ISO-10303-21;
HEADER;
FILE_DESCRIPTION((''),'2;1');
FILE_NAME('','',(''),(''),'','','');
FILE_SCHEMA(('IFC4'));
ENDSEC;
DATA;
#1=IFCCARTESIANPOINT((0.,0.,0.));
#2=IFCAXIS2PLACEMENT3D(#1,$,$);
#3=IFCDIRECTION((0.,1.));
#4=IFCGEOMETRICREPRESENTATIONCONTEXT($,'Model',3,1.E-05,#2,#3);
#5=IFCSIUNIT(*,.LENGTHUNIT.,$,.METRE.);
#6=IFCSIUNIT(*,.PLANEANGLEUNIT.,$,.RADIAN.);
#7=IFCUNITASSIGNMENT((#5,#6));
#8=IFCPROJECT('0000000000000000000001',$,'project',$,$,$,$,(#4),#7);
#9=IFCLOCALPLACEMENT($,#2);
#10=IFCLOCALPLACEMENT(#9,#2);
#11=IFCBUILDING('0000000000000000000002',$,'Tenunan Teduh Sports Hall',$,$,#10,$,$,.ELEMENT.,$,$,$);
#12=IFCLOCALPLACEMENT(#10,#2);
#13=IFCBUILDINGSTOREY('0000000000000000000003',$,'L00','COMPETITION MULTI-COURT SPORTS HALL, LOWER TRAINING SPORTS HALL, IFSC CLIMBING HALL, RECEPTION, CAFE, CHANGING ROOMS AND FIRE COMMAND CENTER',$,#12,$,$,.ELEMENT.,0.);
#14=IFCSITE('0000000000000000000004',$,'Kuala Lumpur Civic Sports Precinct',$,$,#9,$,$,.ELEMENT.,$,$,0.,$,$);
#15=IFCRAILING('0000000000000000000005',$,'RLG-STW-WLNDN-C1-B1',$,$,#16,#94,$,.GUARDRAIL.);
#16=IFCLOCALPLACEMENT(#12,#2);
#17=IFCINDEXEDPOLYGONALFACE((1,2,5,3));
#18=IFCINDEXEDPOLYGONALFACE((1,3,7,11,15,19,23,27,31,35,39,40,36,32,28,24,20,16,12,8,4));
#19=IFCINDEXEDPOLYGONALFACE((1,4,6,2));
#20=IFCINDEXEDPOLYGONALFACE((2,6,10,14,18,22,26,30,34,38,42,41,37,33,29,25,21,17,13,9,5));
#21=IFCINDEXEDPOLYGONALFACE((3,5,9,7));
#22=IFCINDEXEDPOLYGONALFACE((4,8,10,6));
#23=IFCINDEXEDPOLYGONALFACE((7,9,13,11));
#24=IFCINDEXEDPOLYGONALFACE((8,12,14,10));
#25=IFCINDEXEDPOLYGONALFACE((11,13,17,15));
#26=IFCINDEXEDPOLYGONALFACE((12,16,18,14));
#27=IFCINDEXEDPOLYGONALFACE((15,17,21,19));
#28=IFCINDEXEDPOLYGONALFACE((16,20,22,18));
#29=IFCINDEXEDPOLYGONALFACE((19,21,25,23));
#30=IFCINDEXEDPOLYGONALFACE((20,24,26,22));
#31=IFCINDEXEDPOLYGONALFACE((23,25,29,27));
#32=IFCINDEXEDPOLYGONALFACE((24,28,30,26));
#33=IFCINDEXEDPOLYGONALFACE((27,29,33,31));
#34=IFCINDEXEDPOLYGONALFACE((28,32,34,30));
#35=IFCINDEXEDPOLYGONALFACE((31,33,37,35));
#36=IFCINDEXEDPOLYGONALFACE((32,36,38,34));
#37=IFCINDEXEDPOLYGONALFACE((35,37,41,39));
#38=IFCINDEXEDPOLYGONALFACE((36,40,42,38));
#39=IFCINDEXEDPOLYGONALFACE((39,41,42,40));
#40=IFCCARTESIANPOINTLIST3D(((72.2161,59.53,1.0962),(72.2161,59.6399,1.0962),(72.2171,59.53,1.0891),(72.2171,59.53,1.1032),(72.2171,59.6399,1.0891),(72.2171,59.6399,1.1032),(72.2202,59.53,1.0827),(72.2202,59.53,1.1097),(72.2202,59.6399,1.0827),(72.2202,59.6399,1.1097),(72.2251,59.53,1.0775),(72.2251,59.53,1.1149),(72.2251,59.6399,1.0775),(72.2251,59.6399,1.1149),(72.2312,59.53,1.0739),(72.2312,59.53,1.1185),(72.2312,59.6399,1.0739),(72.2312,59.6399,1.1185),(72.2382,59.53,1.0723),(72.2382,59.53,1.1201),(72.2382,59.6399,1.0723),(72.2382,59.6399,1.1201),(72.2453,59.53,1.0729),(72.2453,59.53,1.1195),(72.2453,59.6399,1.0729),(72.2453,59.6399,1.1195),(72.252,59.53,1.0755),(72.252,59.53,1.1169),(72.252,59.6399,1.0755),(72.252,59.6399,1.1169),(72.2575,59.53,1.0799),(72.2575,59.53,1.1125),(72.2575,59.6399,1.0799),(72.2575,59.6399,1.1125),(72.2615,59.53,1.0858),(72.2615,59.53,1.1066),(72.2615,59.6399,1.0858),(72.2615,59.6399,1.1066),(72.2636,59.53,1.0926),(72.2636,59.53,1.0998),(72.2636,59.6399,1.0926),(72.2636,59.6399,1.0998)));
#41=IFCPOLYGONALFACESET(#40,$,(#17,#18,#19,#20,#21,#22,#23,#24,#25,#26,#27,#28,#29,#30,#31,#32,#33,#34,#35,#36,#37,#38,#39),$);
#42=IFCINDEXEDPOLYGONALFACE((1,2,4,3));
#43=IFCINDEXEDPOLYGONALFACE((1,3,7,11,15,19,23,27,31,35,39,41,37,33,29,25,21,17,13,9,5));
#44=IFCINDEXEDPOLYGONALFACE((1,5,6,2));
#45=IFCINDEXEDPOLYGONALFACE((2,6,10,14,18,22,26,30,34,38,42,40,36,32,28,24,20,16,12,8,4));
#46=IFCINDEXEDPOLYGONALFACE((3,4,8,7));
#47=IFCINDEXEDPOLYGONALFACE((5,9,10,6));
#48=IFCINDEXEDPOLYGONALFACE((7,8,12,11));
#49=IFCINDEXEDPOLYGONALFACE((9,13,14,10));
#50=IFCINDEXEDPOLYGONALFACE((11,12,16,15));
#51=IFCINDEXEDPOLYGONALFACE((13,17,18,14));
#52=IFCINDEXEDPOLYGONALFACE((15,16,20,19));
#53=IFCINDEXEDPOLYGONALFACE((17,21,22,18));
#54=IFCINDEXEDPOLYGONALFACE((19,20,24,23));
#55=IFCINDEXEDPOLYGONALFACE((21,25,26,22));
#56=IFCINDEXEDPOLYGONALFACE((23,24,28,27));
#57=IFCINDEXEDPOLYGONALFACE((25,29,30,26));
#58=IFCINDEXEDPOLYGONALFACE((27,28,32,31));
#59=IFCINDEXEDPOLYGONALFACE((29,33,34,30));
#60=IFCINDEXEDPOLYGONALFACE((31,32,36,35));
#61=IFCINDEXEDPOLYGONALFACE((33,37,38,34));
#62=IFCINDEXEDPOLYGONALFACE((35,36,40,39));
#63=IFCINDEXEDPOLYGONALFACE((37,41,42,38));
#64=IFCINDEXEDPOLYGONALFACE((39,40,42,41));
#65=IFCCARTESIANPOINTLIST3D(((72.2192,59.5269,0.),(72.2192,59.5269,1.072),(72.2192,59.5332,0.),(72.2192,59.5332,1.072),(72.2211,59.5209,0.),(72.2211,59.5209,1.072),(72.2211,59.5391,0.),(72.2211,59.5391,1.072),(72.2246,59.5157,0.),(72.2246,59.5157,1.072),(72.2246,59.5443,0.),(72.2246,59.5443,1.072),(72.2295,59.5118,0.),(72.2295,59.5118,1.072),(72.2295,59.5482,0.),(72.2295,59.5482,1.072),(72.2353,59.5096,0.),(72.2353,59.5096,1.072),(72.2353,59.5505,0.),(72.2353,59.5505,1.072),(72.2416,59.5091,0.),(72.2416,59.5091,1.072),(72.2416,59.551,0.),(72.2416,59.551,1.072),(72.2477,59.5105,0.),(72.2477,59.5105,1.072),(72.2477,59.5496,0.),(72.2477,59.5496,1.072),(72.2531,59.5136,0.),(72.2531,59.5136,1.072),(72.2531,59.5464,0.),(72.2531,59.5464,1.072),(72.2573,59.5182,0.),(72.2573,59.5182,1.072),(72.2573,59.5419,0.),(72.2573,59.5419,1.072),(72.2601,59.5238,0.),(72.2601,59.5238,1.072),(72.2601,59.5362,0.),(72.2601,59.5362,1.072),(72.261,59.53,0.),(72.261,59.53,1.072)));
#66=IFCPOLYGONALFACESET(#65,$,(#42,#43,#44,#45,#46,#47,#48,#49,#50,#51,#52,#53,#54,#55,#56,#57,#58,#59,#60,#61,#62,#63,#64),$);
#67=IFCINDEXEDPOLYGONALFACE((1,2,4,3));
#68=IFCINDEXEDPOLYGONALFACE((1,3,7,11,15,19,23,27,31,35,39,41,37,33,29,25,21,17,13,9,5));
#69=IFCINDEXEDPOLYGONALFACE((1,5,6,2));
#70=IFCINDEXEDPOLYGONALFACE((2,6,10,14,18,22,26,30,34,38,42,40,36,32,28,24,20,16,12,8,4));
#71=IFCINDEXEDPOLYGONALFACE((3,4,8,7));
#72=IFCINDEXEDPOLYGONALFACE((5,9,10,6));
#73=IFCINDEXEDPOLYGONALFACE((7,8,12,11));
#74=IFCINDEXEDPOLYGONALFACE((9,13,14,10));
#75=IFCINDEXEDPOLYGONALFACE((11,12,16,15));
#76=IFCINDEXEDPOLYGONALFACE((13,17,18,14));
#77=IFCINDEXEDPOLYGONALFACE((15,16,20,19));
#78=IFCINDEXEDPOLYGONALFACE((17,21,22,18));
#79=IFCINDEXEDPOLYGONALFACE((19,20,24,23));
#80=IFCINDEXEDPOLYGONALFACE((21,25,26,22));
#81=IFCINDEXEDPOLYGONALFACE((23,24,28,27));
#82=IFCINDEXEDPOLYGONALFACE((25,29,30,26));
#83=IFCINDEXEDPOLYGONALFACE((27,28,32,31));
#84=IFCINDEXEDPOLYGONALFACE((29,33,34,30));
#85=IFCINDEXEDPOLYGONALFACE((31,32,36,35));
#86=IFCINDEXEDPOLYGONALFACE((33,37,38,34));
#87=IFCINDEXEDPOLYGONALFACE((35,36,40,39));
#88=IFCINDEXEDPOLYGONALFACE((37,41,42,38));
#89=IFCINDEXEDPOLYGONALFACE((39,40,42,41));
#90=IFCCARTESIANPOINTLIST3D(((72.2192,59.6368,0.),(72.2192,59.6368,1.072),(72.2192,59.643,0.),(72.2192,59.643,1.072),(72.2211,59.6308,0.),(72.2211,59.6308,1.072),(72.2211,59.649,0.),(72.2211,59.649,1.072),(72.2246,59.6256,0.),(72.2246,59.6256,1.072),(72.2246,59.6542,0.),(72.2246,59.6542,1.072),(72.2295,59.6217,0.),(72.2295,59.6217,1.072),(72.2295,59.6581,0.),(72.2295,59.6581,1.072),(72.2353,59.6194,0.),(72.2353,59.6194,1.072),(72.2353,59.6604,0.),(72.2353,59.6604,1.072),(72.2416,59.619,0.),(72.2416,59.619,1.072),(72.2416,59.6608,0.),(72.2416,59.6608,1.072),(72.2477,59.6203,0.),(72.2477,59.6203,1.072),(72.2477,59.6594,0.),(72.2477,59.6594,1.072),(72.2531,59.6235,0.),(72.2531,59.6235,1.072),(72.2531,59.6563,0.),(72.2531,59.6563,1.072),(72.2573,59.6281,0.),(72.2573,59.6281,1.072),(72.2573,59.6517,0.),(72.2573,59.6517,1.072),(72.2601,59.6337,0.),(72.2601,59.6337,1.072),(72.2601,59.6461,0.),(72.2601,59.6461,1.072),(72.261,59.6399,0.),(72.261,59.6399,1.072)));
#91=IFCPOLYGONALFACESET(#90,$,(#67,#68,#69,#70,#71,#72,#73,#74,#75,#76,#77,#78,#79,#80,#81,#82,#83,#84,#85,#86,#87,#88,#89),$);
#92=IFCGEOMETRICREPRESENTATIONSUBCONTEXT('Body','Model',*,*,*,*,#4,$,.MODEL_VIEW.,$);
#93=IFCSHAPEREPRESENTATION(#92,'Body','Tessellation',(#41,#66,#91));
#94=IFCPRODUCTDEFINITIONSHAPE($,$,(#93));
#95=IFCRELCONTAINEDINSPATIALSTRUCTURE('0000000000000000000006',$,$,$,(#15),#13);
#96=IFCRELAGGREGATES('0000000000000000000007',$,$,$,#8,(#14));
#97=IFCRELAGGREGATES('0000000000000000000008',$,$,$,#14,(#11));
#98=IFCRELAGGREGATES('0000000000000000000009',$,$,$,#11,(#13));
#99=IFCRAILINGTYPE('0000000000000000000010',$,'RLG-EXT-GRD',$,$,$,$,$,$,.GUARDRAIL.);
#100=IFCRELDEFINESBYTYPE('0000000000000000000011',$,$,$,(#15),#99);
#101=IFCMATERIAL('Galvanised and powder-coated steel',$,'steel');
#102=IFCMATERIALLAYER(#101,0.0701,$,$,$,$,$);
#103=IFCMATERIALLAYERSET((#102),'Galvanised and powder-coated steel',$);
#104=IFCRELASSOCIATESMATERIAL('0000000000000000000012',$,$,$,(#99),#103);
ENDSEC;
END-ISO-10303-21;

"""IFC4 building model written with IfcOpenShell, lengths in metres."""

from ifc_helpers import new_model, si_unit, direction, frame, origin, origin_2d, place, context, subcontext, project, spatial, circle, extrude, material, layer, layer_set, type_object, element, save


model = new_model("IFC4")

# Units and contexts
model_context = context("Model", 3, precision=1e-05, world=origin(), true_north=direction((0.0, 1.0)))
body_context = subcontext(model_context, "Body", "Model", "MODEL_VIEW")
ifc_project = project(units=[si_unit("LENGTHUNIT", "METRE"), si_unit("PLANEANGLEUNIT", "RADIAN")], contexts=[model_context])

# Site, building, storey
site_placement = place(None, origin())
site = spatial("IfcSite", under=ifc_project, at=site_placement, Name="Kuala Lumpur Civic Sports Precinct", CompositionType="ELEMENT", RefElevation=0.0)
building_placement = place(site_placement, origin())
building = spatial("IfcBuilding", under=site, at=building_placement, Name="Tenunan Teduh Sports Hall", CompositionType="ELEMENT")
storey_placement = place(building_placement, origin())
storey = spatial("IfcBuildingStorey", under=building, at=storey_placement, Name="L00", Description="COMPETITION MULTI-COURT SPORTS HALL, LOWER TRAINING SPORTS HALL, IFSC CLIMBING HALL, RECEPTION, CAFE, CHANGING ROOMS AND FIRE COMMAND CENTER", CompositionType="ELEMENT", Elevation=0.0)

# Railing
ifc_material_1 = material(Name="Galvanised and powder-coated steel", Category="steel")
ifc_layer_1 = layer(ifc_material_1, 0.0701)
ifc_layer_set_1 = layer_set([ifc_layer_1], Name="Galvanised and powder-coated steel")
railing_type_1 = type_object("IfcRailingType", Name="RLG-EXT-GRD", PredefinedType="GUARDRAIL", material=ifc_layer_set_1)
for number, where, name in (
    (1, (72.24, 59.53, 0.0), "RLG-STW-WLNDN-C1-B1"),
):
    element("IfcRailing", number, at=place(storey_placement, frame(where)), inside=storey, type_object=railing_type_1, Name=name, PredefinedType="GUARDRAIL", context=body_context, shape_type="SweptSolid", body=[
        extrude(circle(Radius=0.0239, at=origin_2d()), frame((0.0, 0.0, 1.0962), z_axis=(0.0, 1.0, 0.0), x_axis=(-1.0, 0.0, 0.0)), (0.0, 0.0, 1.0), 0.1099),
        extrude(circle(Radius=0.021, at=origin_2d()), origin(), (0.0, 0.0, 1.0), 1.072),
        extrude(circle(Radius=0.021, at=origin_2d()), frame((0.0, 0.1099, 0.0)), (0.0, 0.0, 1.0), 1.072),
    ])

save(model, "model.ifc")
